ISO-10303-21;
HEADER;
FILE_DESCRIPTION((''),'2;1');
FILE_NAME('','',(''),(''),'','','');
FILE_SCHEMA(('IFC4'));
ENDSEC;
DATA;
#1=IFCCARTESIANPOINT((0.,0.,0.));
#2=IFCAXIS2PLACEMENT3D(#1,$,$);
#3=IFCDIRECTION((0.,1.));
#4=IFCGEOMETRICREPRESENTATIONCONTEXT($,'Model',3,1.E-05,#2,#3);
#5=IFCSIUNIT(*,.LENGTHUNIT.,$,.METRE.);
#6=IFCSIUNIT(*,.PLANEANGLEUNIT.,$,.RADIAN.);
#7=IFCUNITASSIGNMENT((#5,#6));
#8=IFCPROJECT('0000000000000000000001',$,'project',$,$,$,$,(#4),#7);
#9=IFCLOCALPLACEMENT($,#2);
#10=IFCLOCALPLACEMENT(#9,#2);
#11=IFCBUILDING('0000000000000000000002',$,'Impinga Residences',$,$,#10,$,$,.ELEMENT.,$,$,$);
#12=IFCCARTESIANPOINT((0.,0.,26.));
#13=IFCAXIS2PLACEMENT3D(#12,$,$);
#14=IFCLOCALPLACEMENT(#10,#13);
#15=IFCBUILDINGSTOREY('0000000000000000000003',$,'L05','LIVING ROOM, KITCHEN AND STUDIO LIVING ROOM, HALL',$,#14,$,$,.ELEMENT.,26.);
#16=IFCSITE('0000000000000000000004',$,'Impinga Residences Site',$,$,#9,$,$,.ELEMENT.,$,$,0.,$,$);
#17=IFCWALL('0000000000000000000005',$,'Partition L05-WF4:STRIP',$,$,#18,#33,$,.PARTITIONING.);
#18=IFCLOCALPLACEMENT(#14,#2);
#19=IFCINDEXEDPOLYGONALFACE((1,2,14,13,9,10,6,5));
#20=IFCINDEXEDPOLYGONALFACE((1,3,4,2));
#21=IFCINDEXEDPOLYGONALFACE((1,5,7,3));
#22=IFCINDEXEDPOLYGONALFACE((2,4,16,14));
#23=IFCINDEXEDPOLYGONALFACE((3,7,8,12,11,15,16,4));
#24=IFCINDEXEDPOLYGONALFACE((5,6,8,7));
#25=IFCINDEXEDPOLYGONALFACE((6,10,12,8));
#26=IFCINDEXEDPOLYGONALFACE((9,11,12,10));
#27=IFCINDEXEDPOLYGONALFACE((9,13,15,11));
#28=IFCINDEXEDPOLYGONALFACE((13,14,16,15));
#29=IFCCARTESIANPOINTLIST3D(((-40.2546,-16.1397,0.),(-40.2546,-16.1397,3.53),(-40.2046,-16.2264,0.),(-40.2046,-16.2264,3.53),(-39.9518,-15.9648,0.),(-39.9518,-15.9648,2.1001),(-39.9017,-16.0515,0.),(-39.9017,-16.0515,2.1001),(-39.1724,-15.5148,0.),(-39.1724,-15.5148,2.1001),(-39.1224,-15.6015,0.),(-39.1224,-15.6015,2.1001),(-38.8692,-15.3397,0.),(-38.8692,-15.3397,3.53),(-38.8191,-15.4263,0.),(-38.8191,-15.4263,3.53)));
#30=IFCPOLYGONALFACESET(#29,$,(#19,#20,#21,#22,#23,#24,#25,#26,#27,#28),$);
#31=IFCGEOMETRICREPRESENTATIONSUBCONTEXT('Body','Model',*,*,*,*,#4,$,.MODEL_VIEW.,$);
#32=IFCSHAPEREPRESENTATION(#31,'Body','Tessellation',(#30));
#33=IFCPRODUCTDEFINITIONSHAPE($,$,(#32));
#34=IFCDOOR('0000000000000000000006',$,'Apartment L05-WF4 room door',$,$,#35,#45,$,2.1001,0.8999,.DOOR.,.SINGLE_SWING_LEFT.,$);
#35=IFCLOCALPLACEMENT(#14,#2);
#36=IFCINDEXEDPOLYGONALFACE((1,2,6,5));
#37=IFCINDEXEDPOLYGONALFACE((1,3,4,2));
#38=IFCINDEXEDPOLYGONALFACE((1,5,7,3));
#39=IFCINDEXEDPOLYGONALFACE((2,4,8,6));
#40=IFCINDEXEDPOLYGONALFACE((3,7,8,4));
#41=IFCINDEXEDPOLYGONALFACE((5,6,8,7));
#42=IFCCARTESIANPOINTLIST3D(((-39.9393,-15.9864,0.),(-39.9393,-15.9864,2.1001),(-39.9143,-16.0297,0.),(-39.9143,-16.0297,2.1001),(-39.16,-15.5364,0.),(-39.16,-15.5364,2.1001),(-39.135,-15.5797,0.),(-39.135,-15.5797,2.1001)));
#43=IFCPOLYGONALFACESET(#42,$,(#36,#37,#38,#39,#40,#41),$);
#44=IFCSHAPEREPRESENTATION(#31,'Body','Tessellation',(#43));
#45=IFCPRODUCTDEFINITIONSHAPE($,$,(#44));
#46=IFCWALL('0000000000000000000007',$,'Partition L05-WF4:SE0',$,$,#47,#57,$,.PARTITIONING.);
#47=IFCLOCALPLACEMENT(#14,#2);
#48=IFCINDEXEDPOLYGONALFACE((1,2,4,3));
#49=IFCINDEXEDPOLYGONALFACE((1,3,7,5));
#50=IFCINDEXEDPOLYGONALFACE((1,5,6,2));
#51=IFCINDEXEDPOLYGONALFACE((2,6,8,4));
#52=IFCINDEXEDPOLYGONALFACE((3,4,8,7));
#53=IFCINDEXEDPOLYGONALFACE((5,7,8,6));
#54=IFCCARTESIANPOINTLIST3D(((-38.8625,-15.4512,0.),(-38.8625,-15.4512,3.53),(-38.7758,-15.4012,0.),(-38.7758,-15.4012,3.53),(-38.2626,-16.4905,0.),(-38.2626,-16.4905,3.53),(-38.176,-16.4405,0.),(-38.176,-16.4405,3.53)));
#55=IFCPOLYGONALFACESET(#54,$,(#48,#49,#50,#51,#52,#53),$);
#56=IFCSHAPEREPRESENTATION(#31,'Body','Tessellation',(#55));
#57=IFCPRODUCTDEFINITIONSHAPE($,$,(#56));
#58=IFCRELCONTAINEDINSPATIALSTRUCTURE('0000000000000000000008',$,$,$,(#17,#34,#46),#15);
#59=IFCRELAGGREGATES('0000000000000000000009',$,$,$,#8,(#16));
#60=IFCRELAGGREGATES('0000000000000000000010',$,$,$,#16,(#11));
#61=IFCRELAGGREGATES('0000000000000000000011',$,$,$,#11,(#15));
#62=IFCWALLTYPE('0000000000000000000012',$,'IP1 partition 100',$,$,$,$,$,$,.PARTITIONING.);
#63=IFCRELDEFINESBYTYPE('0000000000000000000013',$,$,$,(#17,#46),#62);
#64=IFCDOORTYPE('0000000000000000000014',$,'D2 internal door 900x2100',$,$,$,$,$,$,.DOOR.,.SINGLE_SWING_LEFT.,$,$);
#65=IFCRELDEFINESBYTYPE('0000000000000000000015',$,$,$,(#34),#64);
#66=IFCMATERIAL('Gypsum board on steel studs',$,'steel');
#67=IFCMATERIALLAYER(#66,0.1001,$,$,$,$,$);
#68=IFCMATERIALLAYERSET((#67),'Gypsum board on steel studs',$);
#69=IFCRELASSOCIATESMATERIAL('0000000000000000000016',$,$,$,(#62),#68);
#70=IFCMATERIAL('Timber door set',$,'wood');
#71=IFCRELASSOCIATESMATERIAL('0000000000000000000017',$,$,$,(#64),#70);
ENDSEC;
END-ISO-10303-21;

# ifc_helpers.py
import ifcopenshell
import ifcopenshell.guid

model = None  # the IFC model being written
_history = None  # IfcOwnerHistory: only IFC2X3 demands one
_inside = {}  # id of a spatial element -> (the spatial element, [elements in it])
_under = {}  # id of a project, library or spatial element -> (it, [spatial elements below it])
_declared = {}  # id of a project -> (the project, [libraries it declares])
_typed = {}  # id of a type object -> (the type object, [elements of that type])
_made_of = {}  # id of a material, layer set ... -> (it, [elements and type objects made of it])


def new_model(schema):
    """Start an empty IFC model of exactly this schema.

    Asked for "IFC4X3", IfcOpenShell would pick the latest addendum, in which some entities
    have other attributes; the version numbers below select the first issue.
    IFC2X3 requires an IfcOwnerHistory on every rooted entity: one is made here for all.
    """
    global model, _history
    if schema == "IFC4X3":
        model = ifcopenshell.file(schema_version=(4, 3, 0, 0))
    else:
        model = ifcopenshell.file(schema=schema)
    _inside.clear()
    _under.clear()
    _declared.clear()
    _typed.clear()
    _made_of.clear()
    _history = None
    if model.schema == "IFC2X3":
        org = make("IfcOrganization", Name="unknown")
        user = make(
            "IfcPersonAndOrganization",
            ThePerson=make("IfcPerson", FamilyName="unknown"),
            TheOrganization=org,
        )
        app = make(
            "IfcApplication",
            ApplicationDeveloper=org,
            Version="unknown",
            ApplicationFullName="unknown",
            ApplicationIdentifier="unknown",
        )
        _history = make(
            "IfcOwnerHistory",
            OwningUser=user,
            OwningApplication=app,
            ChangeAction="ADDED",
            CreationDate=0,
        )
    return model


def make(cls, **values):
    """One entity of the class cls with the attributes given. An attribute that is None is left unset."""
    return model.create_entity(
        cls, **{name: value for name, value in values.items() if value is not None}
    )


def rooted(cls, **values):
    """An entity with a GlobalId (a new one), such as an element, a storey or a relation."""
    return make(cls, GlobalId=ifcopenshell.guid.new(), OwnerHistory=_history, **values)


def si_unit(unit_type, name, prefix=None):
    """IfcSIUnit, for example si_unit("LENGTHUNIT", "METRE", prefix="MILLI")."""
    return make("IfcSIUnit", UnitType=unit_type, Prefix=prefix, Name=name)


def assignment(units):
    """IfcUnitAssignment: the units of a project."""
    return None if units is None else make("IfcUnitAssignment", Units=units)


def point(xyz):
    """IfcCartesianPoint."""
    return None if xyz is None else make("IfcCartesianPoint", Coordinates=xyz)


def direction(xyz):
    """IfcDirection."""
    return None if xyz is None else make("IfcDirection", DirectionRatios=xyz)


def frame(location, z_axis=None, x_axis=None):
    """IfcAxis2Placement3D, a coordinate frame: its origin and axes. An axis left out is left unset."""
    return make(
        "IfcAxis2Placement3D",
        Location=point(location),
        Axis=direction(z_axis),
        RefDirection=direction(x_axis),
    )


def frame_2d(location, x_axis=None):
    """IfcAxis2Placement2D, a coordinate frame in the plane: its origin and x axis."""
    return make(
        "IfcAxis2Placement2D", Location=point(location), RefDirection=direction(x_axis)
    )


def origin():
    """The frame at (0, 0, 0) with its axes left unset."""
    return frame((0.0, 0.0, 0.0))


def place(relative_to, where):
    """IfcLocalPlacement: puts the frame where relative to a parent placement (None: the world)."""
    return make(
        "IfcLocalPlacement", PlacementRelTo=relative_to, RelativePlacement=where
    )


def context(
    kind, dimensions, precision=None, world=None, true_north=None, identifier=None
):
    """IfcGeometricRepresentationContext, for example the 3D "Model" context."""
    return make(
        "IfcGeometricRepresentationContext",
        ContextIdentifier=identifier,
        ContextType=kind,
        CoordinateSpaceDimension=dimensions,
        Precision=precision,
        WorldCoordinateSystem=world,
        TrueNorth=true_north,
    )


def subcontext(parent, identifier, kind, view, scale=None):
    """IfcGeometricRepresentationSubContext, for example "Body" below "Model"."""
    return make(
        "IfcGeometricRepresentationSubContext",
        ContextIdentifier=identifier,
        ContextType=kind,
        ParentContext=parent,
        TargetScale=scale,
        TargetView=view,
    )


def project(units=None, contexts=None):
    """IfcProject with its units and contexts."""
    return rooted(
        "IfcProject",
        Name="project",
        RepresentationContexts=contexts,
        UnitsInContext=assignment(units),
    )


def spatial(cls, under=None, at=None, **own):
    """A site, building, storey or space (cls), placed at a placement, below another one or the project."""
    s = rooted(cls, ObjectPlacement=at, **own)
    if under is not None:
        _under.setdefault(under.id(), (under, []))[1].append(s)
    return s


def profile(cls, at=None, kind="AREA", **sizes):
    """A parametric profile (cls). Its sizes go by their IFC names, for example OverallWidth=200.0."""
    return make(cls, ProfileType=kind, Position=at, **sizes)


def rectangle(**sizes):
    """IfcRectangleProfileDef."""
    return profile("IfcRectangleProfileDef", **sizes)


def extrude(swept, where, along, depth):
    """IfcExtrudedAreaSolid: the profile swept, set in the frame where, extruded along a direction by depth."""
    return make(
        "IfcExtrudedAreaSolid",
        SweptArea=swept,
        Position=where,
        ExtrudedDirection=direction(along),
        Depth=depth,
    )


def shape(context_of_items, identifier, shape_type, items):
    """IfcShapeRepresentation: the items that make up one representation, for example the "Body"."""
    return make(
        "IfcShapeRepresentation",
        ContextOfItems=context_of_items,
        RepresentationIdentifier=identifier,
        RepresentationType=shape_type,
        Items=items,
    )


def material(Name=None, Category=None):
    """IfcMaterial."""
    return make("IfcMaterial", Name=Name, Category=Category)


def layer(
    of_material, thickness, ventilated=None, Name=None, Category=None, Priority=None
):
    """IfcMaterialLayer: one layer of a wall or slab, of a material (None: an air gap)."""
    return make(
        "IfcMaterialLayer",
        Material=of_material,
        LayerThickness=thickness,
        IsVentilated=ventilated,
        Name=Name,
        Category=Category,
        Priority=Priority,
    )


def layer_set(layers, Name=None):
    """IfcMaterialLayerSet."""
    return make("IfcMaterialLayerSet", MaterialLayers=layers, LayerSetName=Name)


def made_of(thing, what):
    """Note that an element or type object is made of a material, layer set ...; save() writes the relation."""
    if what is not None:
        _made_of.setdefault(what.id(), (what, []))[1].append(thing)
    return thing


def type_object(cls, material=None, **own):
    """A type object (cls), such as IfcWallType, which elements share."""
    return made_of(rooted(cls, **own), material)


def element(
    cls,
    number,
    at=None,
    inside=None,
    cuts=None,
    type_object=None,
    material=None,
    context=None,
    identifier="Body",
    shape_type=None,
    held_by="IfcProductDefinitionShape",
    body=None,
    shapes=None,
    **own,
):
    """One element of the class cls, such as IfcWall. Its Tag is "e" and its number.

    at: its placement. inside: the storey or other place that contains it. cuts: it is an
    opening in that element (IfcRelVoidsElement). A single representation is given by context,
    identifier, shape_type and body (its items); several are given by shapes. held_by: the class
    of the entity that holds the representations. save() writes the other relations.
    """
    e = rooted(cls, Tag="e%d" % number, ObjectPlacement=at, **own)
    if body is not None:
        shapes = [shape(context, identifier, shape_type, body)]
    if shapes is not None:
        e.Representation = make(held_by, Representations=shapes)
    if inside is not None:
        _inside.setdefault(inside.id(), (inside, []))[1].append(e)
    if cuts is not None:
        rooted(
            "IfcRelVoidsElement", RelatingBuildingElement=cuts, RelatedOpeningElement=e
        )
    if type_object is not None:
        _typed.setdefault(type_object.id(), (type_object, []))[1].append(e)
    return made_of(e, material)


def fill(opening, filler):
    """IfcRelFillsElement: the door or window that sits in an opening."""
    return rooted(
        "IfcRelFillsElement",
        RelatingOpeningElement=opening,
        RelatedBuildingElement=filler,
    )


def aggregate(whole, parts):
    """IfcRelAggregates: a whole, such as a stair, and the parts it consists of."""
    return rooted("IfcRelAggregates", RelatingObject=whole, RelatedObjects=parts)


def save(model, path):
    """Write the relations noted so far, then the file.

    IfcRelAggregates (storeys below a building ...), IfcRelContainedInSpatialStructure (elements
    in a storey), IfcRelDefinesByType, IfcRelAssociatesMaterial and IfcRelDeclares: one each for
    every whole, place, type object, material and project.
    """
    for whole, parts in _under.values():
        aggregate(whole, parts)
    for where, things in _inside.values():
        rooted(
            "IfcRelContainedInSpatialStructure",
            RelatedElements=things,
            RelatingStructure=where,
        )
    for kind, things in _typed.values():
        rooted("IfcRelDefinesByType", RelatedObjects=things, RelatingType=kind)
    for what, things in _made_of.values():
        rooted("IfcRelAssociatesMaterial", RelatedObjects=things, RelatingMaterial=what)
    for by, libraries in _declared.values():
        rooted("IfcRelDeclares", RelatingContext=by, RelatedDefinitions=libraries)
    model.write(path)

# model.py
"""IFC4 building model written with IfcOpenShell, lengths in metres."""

from ifc_helpers import new_model, si_unit, direction, frame, frame_2d, origin, place, context, subcontext, project, spatial, rectangle, extrude, material, layer, layer_set, type_object, element, fill, save


model = new_model("IFC4")

# Units and contexts
model_context = context("Model", 3, precision=1e-05, world=origin(), true_north=direction((0.0, 1.0)))
body_context = subcontext(model_context, "Body", "Model", "MODEL_VIEW")
ifc_project = project(units=[si_unit("LENGTHUNIT", "METRE"), si_unit("PLANEANGLEUNIT", "RADIAN")], contexts=[model_context])

# Site, building, storey
site_placement = place(None, origin())
site = spatial("IfcSite", under=ifc_project, at=site_placement, Name="Impinga Residences Site", CompositionType="ELEMENT", RefElevation=0.0)
building_placement = place(site_placement, origin())
building = spatial("IfcBuilding", under=site, at=building_placement, Name="Impinga Residences", CompositionType="ELEMENT")
storey_placement = place(building_placement, frame((0.0, 0.0, 26.0)))
storey = spatial("IfcBuildingStorey", under=building, at=storey_placement, Name="L05", Description="LIVING ROOM, KITCHEN AND STUDIO LIVING ROOM, HALL", CompositionType="ELEMENT", Elevation=26.0)

# Shared definitions
ifc_material_1 = material(Name="Gypsum board on steel studs", Category="steel")
ifc_layer_1 = layer(ifc_material_1, 0.1001)
ifc_layer_set_1 = layer_set([ifc_layer_1], Name="Gypsum board on steel studs")
wall_type_1 = type_object("IfcWallType", Name="IP1 partition 100", PredefinedType="PARTITIONING", material=ifc_layer_set_1)

# Wall, opening, door
wall_1_placement = place(storey_placement, frame((-38.8442, -15.3831, 0.0), z_axis=(0.0, 0.0, 1.0), x_axis=(-0.86599, -0.500061, 0.0)))
wall_1 = element("IfcWall", 1, at=wall_1_placement, inside=storey, type_object=wall_type_1, Name="Partition L05-WF4:STRIP", PredefinedType="PARTITIONING", context=body_context, shape_type="SweptSolid", body=[
    extrude(rectangle(XDim=1.5999, YDim=0.1001, at=frame_2d((0.7998, 0.0))), origin(), (0.0, 0.0, 1.0), 3.53),
])
opening_1_placement = place(wall_1_placement, frame((0.3501, 0.0, 0.0)))
opening_1 = element("IfcOpeningElement", 2, at=opening_1_placement, cuts=wall_1, PredefinedType="OPENING", context=body_context, shape_type="SweptSolid", body=[
    extrude(rectangle(XDim=0.8999, YDim=2.1001, at=frame_2d((0.45, 1.05))), frame((0.0, 0.0601, 0.0), z_axis=(0.0, -1.0, 0.0), x_axis=(1.0, 0.0, 0.0)), (0.0, 0.0, 1.0), 0.1201),
])
ifc_material_2 = material(Name="Timber door set", Category="wood")
door_type = type_object("IfcDoorType", Name="D2 internal door 900x2100", OperationType="SINGLE_SWING_LEFT", PredefinedType="DOOR", material=ifc_material_2)
door_placement = place(opening_1_placement, origin())
door = element("IfcDoor", 3, at=door_placement, inside=storey, type_object=door_type, Name="Apartment L05-WF4 room door", OperationType="SINGLE_SWING_LEFT", OverallHeight=2.1001, OverallWidth=0.8999, PredefinedType="DOOR", context=body_context, shape_type="SweptSolid", body=[
    extrude(rectangle(XDim=0.8999, YDim=2.1001, at=frame_2d((0.45, 1.05))), frame((0.0, 0.0249, 0.0), z_axis=(0.0, -1.0, 0.0), x_axis=(1.0, 0.0, 0.0)), (0.0, 0.0, 1.0), 0.05),
])
fill(opening_1, door)

# Wall
wall_2_placement = place(storey_placement, frame((-38.2192, -16.4656, 0.0), z_axis=(0.0, 0.0, 1.0), x_axis=(-0.499881, 0.866094, 0.0)))
element("IfcWall", 4, at=wall_2_placement, inside=storey, type_object=wall_type_1, Name="Partition L05-WF4:SE0", PredefinedType="PARTITIONING", context=body_context, shape_type="SweptSolid", body=[
    extrude(rectangle(XDim=1.2, YDim=0.1001, at=frame_2d((0.6001, 0.0))), origin(), (0.0, 0.0, 1.0), 3.53),
])

save(model, "model.ifc")
